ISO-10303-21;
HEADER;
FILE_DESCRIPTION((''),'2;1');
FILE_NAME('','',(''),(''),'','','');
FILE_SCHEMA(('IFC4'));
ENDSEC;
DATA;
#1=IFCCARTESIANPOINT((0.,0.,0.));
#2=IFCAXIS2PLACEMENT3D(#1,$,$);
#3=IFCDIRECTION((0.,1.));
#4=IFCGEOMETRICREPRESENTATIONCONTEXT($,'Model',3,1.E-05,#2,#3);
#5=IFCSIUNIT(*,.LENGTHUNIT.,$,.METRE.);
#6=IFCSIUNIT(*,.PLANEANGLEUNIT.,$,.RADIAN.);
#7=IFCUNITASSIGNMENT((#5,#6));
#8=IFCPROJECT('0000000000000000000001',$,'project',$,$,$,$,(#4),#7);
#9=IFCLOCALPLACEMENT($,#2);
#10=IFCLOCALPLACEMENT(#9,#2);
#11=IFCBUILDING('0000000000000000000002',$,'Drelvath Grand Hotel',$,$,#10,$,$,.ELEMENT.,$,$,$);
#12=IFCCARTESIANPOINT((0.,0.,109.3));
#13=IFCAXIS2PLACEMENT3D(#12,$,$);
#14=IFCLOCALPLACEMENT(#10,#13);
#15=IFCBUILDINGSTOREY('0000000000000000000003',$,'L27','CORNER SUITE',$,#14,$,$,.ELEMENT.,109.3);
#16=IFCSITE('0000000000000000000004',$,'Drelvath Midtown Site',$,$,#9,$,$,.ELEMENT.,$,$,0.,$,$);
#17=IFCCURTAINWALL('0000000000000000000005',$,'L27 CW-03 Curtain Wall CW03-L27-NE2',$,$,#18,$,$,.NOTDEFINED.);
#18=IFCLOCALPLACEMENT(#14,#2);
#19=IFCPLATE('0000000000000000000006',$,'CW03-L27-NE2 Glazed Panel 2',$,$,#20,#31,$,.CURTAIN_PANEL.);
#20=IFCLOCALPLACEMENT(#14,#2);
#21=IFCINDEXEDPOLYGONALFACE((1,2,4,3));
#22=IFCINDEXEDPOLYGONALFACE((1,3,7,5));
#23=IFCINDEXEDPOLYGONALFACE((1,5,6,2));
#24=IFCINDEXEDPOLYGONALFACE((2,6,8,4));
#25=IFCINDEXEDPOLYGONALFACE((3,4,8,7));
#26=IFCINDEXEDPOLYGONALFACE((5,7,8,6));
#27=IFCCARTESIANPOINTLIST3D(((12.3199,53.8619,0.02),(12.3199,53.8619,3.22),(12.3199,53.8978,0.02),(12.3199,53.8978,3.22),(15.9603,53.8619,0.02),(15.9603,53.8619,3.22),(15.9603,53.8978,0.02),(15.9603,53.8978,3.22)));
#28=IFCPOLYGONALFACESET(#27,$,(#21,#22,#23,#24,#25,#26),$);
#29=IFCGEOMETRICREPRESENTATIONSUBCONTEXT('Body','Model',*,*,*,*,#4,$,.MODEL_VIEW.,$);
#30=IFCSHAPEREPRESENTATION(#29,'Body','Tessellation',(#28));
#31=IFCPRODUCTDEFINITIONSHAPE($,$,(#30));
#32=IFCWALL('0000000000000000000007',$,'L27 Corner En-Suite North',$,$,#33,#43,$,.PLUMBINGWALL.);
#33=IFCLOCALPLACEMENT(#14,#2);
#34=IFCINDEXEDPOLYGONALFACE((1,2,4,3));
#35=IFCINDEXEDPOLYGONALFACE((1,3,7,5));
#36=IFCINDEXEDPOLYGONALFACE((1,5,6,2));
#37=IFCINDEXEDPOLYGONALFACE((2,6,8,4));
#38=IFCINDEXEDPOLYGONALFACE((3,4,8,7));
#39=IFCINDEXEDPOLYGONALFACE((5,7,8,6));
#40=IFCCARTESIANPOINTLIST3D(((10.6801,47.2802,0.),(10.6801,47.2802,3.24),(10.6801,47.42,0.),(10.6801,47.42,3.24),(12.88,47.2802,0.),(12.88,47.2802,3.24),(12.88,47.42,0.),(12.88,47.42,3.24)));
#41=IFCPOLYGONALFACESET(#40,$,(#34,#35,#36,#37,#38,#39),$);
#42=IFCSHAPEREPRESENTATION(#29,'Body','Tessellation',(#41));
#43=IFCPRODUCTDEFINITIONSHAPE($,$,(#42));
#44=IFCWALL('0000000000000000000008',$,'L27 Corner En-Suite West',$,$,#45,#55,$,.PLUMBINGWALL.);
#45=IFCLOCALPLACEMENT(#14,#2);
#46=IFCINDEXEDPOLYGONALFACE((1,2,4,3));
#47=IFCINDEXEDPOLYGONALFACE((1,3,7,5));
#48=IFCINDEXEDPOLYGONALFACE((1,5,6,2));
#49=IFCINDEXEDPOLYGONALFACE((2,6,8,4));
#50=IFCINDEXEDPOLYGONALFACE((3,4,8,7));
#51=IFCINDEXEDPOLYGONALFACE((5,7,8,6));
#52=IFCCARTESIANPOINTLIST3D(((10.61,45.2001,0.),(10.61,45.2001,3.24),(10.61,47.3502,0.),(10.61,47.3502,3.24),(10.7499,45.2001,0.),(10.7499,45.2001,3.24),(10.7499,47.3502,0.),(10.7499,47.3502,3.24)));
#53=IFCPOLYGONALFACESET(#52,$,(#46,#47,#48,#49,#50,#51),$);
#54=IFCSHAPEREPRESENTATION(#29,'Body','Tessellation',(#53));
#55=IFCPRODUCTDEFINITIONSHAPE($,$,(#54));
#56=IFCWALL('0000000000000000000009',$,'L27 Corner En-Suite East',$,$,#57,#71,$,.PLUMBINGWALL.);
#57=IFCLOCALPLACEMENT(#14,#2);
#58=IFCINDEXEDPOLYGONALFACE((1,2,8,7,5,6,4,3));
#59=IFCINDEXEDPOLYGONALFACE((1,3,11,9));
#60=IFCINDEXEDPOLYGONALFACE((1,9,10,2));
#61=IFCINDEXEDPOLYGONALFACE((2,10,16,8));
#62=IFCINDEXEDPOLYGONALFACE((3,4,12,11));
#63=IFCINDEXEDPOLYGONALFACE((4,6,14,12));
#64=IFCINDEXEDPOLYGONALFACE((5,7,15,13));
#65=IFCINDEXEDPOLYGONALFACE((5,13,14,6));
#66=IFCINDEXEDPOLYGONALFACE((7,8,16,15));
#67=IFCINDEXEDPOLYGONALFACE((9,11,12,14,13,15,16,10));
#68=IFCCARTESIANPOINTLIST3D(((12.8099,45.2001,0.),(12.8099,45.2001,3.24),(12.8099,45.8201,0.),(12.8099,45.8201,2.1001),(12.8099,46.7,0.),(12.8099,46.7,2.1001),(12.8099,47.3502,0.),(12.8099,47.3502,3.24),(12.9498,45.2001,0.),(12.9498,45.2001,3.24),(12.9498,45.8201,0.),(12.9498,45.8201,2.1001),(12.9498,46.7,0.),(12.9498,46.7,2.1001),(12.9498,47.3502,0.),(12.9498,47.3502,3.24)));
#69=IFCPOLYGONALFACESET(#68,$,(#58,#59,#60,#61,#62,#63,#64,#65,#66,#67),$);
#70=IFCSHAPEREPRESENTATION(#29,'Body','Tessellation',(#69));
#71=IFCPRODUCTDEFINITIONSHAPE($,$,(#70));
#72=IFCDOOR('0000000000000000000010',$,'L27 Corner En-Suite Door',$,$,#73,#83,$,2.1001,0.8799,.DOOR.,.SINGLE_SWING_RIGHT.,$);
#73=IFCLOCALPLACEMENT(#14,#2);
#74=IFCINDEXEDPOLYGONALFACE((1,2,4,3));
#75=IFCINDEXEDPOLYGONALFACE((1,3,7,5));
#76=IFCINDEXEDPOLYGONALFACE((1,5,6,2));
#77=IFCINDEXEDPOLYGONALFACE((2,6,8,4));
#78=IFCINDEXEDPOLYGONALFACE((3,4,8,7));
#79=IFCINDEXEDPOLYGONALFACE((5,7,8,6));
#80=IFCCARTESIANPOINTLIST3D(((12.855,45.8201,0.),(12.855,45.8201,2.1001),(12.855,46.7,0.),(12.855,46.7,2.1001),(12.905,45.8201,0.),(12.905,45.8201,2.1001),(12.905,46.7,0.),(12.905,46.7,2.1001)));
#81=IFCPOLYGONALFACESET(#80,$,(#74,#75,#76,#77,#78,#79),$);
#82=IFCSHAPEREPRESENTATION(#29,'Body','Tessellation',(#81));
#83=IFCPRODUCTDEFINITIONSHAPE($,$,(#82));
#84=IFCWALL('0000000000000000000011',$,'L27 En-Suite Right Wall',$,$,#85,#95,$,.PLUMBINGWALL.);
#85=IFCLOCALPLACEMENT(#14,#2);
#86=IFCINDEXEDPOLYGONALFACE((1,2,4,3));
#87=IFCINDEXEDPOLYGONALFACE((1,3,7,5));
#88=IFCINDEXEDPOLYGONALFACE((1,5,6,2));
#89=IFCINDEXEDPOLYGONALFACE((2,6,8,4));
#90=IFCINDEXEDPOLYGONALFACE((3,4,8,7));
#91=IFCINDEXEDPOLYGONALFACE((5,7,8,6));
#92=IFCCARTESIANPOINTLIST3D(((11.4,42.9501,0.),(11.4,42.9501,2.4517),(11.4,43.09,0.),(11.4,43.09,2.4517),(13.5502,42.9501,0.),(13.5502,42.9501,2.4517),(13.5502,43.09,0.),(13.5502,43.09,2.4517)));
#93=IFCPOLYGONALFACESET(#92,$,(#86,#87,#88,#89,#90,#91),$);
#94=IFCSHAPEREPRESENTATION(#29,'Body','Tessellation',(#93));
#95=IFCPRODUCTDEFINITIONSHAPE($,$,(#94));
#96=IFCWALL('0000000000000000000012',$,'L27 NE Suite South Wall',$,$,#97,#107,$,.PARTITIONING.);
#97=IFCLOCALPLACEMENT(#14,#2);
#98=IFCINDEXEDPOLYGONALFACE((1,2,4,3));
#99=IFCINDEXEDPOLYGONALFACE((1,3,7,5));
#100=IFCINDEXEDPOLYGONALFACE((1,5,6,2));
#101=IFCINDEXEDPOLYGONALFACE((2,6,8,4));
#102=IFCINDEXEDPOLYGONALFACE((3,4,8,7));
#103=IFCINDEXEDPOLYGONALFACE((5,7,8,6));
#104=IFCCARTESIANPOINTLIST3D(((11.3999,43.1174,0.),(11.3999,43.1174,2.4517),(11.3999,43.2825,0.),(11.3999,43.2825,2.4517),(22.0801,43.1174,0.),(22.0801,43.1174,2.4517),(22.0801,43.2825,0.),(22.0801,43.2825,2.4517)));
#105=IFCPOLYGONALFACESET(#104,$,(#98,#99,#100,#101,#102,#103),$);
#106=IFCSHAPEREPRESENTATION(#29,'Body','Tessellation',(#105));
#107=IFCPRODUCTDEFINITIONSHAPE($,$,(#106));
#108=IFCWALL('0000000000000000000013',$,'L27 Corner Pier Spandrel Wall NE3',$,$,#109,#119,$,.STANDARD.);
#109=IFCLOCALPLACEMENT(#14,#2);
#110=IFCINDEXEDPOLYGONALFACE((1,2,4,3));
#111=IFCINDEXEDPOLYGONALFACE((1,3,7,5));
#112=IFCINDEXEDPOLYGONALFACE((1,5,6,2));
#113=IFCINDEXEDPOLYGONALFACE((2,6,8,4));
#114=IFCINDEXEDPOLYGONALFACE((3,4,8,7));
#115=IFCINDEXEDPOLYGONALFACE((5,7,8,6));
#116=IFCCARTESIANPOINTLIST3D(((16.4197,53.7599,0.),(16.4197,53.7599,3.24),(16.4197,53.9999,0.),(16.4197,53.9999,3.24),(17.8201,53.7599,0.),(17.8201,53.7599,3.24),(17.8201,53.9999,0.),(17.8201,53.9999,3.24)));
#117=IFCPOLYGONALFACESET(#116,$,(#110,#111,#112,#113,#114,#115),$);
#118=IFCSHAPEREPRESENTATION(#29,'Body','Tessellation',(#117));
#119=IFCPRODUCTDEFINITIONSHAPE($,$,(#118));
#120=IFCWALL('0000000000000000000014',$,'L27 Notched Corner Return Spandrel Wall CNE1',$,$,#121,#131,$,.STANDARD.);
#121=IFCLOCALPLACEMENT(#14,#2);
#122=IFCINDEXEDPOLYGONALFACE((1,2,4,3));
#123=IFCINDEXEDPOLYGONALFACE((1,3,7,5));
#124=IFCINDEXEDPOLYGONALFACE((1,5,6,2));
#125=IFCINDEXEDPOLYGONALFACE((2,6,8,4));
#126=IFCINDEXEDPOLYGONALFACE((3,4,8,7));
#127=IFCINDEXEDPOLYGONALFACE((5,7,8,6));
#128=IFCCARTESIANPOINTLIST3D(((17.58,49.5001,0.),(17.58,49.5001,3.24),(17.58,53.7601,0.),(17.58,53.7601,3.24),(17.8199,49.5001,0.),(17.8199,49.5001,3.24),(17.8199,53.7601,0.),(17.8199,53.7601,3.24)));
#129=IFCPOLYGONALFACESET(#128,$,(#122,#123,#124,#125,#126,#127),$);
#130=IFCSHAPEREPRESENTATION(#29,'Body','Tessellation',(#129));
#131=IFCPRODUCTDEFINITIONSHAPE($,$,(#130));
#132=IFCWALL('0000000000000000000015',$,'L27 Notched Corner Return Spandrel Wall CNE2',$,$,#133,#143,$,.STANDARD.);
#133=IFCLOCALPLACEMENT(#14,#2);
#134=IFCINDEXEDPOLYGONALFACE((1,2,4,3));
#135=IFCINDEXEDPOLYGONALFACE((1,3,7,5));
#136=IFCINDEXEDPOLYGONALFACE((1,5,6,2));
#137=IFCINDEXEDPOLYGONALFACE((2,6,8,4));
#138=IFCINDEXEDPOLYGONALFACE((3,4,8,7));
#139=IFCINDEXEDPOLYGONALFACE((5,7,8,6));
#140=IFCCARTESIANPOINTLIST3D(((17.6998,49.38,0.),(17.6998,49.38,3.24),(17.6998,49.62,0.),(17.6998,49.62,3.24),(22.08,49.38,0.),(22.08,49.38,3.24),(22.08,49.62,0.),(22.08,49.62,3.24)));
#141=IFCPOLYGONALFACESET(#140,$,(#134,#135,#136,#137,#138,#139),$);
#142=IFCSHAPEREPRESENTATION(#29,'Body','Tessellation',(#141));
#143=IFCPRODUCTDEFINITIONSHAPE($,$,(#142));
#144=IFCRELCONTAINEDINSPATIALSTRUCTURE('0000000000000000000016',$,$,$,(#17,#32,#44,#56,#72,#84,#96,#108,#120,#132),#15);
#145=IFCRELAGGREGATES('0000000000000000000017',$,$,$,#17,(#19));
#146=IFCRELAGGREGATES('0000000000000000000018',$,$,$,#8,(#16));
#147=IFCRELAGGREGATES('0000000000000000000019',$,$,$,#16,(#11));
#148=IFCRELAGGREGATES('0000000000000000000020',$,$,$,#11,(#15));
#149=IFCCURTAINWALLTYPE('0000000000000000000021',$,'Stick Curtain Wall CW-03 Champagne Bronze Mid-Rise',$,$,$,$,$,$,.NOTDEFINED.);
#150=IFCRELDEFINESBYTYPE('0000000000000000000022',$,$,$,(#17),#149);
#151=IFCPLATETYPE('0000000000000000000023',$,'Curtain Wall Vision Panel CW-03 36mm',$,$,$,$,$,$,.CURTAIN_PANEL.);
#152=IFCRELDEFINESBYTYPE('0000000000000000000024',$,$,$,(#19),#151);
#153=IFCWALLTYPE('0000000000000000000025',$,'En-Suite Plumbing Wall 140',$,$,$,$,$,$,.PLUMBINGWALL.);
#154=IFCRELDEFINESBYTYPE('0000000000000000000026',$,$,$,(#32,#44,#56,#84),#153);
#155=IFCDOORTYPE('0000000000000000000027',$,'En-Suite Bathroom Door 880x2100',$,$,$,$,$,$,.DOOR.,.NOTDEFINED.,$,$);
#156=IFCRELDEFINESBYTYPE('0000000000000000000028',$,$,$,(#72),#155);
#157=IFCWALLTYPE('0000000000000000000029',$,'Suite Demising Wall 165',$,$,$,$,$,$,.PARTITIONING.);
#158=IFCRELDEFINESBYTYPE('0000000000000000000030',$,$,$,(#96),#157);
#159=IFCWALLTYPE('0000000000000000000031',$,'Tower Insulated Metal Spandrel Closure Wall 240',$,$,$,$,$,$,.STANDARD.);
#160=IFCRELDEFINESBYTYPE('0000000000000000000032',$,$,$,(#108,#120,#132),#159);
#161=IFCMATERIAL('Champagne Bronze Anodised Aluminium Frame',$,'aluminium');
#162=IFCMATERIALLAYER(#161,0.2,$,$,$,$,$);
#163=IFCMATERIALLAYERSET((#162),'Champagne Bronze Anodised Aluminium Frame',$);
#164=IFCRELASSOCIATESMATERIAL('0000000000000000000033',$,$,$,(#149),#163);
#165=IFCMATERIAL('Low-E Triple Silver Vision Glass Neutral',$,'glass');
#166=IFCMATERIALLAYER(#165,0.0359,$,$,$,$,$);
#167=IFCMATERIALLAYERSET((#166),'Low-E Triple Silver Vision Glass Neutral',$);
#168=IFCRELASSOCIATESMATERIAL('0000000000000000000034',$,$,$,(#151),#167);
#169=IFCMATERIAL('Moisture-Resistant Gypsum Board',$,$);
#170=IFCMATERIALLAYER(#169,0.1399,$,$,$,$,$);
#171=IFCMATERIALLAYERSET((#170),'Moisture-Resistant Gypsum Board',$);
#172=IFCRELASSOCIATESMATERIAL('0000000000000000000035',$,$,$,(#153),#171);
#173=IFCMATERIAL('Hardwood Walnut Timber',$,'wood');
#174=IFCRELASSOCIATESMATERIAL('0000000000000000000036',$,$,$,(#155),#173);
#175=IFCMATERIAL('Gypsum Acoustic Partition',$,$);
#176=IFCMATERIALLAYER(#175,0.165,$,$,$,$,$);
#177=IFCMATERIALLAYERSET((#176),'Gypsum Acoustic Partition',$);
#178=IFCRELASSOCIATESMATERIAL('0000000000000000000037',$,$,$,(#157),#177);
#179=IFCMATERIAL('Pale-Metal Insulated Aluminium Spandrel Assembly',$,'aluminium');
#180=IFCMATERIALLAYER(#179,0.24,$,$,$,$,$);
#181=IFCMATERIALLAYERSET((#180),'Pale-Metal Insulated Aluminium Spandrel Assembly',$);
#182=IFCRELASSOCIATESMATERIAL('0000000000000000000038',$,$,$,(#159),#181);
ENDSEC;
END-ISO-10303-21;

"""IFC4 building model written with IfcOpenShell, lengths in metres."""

from ifc_helpers import new_model, si_unit, direction, frame, frame_2d, origin, origin_2d, place, context, subcontext, project, spatial, rectangle, extrude, material, layer, layer_set, type_object, element, fill, aggregate, save


model = new_model("IFC4")

# Units and contexts
model_context = context("Model", 3, precision=1e-05, world=origin(), true_north=direction((0.0, 1.0)))
body_context = subcontext(model_context, "Body", "Model", "MODEL_VIEW")
ifc_project = project(units=[si_unit("LENGTHUNIT", "METRE"), si_unit("PLANEANGLEUNIT", "RADIAN")], contexts=[model_context])

# Site, building, storey
site_placement = place(None, origin())
site = spatial("IfcSite", under=ifc_project, at=site_placement, Name="Drelvath Midtown Site", CompositionType="ELEMENT", RefElevation=0.0)
building_placement = place(site_placement, origin())
building = spatial("IfcBuilding", under=site, at=building_placement, Name="Drelvath Grand Hotel", CompositionType="ELEMENT")
storey_placement = place(building_placement, frame((0.0, 0.0, 109.3)))
storey = spatial("IfcBuildingStorey", under=building, at=storey_placement, Name="L27", Description="CORNER SUITE", CompositionType="ELEMENT", Elevation=109.3)

# Shared definitions
ifc_material_1 = material(Name="Champagne Bronze Anodised Aluminium Frame", Category="aluminium")
ifc_layer_1 = layer(ifc_material_1, 0.2)
ifc_layer_set_1 = layer_set([ifc_layer_1], Name="Champagne Bronze Anodised Aluminium Frame")
curtain_wall_type = type_object("IfcCurtainWallType", Name="Stick Curtain Wall CW-03 Champagne Bronze Mid-Rise", PredefinedType="NOTDEFINED", material=ifc_layer_set_1)

# Curtain wall
curtain_wall_1_placement = place(storey_placement, origin())
curtain_wall_1 = element("IfcCurtainWall", 1, at=curtain_wall_1_placement, inside=storey, type_object=curtain_wall_type, Name="L27 CW-03 Curtain Wall CW03-L27-NE2", PredefinedType="NOTDEFINED")

# Plate
ifc_material_2 = material(Name="Low-E Triple Silver Vision Glass Neutral", Category="glass")
ifc_layer_2 = layer(ifc_material_2, 0.0359)
ifc_layer_set_2 = layer_set([ifc_layer_2], Name="Low-E Triple Silver Vision Glass Neutral")
plate_type = type_object("IfcPlateType", Name="Curtain Wall Vision Panel CW-03 36mm", PredefinedType="CURTAIN_PANEL", material=ifc_layer_set_2)
plate_1_placement = place(storey_placement, frame((14.1401, 53.8799, 0.02), z_axis=(0.0, 0.0, 1.0), x_axis=(1.0, 0.0, 0.0)))
plate_1 = element("IfcPlate", 2, at=plate_1_placement, type_object=plate_type, Name="CW03-L27-NE2 Glazed Panel 2", PredefinedType="CURTAIN_PANEL", context=body_context, shape_type="SweptSolid", body=[
    extrude(rectangle(XDim=3.6404, YDim=0.0359, at=origin_2d()), origin(), (0.0, 0.0, 1.0), 3.2),
])
aggregate(curtain_wall_1, [plate_1])

# Walls
ifc_material_3 = material(Name="Moisture-Resistant Gypsum Board")
ifc_layer_3 = layer(ifc_material_3, 0.1399)
ifc_layer_set_3 = layer_set([ifc_layer_3], Name="Moisture-Resistant Gypsum Board")
wall_type_1 = type_object("IfcWallType", Name="En-Suite Plumbing Wall 140", PredefinedType="PLUMBINGWALL", material=ifc_layer_set_3)
wall_1_placement = place(storey_placement, frame((10.6799, 47.3501, 0.0), z_axis=(0.0, 0.0, 1.0), x_axis=(1.0, 0.0, 0.0)))
element("IfcWall", 3, at=wall_1_placement, inside=storey, type_object=wall_type_1, Name="L27 Corner En-Suite North", PredefinedType="PLUMBINGWALL", context=body_context, shape_type="SweptSolid", body=[
    extrude(rectangle(XDim=2.2, YDim=0.1399, at=frame_2d((1.1001, 0.0))), origin(), (0.0, 0.0, 1.0), 3.24),
])
wall_2_placement = place(storey_placement, frame((10.6799, 45.2, 0.0), z_axis=(0.0, 0.0, 1.0), x_axis=(0.0, 1.0, 0.0)))
element("IfcWall", 4, at=wall_2_placement, inside=storey, type_object=wall_type_1, Name="L27 Corner En-Suite West", PredefinedType="PLUMBINGWALL", context=body_context, shape_type="SweptSolid", body=[
    extrude(rectangle(XDim=2.1501, YDim=0.1399, at=frame_2d((1.0752, 0.0))), origin(), (0.0, 0.0, 1.0), 3.24),
])

# Wall, opening, door
wall_3_placement = place(storey_placement, frame((12.8799, 45.2, 0.0), z_axis=(0.0, 0.0, 1.0), x_axis=(0.0, 1.0, 0.0)))
wall_3 = element("IfcWall", 5, at=wall_3_placement, inside=storey, type_object=wall_type_1, Name="L27 Corner En-Suite East", PredefinedType="PLUMBINGWALL", context=body_context, shape_type="SweptSolid", body=[
    extrude(rectangle(XDim=2.1501, YDim=0.1399, at=frame_2d((1.0752, 0.0))), origin(), (0.0, 0.0, 1.0), 3.24),
])
opening_placement = place(wall_3_placement, frame((0.6201, 0.0, 0.0)))
opening = element("IfcOpeningElement", 6, at=opening_placement, cuts=wall_3, PredefinedType="OPENING", context=body_context, shape_type="SweptSolid", body=[
    extrude(rectangle(XDim=0.8799, YDim=2.1001, at=frame_2d((0.4399, 1.05))), frame((0.0, 0.0798, 0.0), z_axis=(0.0, -1.0, 0.0), x_axis=(1.0, 0.0, 0.0)), (0.0, 0.0, 1.0), 0.1599),
])
ifc_material_4 = material(Name="Hardwood Walnut Timber", Category="wood")
door_type = type_object("IfcDoorType", Name="En-Suite Bathroom Door 880x2100", OperationType="NOTDEFINED", PredefinedType="DOOR", material=ifc_material_4)
door_placement = place(opening_placement, origin())
door = element("IfcDoor", 7, at=door_placement, inside=storey, type_object=door_type, Name="L27 Corner En-Suite Door", OperationType="SINGLE_SWING_RIGHT", OverallHeight=2.1001, OverallWidth=0.8799, PredefinedType="DOOR", context=body_context, shape_type="SweptSolid", body=[
    extrude(rectangle(XDim=0.8799, YDim=2.1001, at=frame_2d((0.4399, 1.05))), frame((0.0, 0.0249, 0.0), z_axis=(0.0, -1.0, 0.0), x_axis=(1.0, 0.0, 0.0)), (0.0, 0.0, 1.0), 0.05),
])
fill(opening, door)

# Walls
wall_4_placement = place(storey_placement, frame((11.3999, 43.02, 0.0), z_axis=(0.0, 0.0, 1.0), x_axis=(1.0, 0.0, 0.0)))
element("IfcWall", 8, at=wall_4_placement, inside=storey, type_object=wall_type_1, Name="L27 En-Suite Right Wall", PredefinedType="PLUMBINGWALL", context=body_context, shape_type="SweptSolid", body=[
    extrude(rectangle(XDim=2.1501, YDim=0.1399, at=frame_2d((1.0752, 0.0))), origin(), (0.0, 0.0, 1.0), 2.4517),
])
ifc_material_5 = material(Name="Gypsum Acoustic Partition")
ifc_layer_4 = layer(ifc_material_5, 0.165)
ifc_layer_set_4 = layer_set([ifc_layer_4], Name="Gypsum Acoustic Partition")
wall_type_2 = type_object("IfcWallType", Name="Suite Demising Wall 165", PredefinedType="PARTITIONING", material=ifc_layer_set_4)
wall_5_placement = place(storey_placement, frame((11.3999, 43.2, 0.0), z_axis=(0.0, 0.0, 1.0), x_axis=(1.0, 0.0, 0.0)))
element("IfcWall", 9, at=wall_5_placement, inside=storey, type_object=wall_type_2, Name="L27 NE Suite South Wall", PredefinedType="PARTITIONING", context=body_context, shape_type="SweptSolid", body=[
    extrude(rectangle(XDim=10.6802, YDim=0.165, at=frame_2d((5.3401, 0.0))), origin(), (0.0, 0.0, 1.0), 2.4517),
])
ifc_material_6 = material(Name="Pale-Metal Insulated Aluminium Spandrel Assembly", Category="aluminium")
ifc_layer_5 = layer(ifc_material_6, 0.24)
ifc_layer_set_5 = layer_set([ifc_layer_5], Name="Pale-Metal Insulated Aluminium Spandrel Assembly")
wall_type_3 = type_object("IfcWallType", Name="Tower Insulated Metal Spandrel Closure Wall 240", PredefinedType="STANDARD", material=ifc_layer_set_5)
wall_6_placement = place(storey_placement, frame((16.4197, 53.8799, 0.0), z_axis=(0.0, 0.0, 1.0), x_axis=(1.0, 0.0, 0.0)))
element("IfcWall", 10, at=wall_6_placement, inside=storey, type_object=wall_type_3, Name="L27 Corner Pier Spandrel Wall NE3", PredefinedType="STANDARD", context=body_context, shape_type="SweptSolid", body=[
    extrude(rectangle(XDim=1.4004, YDim=0.24, at=frame_2d((0.7002, 0.0))), origin(), (0.0, 0.0, 1.0), 3.24),
])
wall_7_placement = place(storey_placement, frame((17.7, 53.76, 0.0), z_axis=(0.0, 0.0, 1.0), x_axis=(0.0, -1.0, 0.0)))
element("IfcWall", 11, at=wall_7_placement, inside=storey, type_object=wall_type_3, Name="L27 Notched Corner Return Spandrel Wall CNE1", PredefinedType="STANDARD", context=body_context, shape_type="SweptSolid", body=[
    extrude(rectangle(XDim=4.26, YDim=0.24, at=frame_2d((2.1299, 0.0))), origin(), (0.0, 0.0, 1.0), 3.24),
])
wall_8_placement = place(storey_placement, frame((17.7, 49.5, 0.0), z_axis=(0.0, 0.0, 1.0), x_axis=(1.0, 0.0, 0.0)))
element("IfcWall", 12, at=wall_8_placement, inside=storey, type_object=wall_type_3, Name="L27 Notched Corner Return Spandrel Wall CNE2", PredefinedType="STANDARD", context=body_context, shape_type="SweptSolid", body=[
    extrude(rectangle(XDim=4.3801, YDim=0.24, at=frame_2d((2.1899, 0.0))), origin(), (0.0, 0.0, 1.0), 3.24),
])

save(model, "model.ifc")
